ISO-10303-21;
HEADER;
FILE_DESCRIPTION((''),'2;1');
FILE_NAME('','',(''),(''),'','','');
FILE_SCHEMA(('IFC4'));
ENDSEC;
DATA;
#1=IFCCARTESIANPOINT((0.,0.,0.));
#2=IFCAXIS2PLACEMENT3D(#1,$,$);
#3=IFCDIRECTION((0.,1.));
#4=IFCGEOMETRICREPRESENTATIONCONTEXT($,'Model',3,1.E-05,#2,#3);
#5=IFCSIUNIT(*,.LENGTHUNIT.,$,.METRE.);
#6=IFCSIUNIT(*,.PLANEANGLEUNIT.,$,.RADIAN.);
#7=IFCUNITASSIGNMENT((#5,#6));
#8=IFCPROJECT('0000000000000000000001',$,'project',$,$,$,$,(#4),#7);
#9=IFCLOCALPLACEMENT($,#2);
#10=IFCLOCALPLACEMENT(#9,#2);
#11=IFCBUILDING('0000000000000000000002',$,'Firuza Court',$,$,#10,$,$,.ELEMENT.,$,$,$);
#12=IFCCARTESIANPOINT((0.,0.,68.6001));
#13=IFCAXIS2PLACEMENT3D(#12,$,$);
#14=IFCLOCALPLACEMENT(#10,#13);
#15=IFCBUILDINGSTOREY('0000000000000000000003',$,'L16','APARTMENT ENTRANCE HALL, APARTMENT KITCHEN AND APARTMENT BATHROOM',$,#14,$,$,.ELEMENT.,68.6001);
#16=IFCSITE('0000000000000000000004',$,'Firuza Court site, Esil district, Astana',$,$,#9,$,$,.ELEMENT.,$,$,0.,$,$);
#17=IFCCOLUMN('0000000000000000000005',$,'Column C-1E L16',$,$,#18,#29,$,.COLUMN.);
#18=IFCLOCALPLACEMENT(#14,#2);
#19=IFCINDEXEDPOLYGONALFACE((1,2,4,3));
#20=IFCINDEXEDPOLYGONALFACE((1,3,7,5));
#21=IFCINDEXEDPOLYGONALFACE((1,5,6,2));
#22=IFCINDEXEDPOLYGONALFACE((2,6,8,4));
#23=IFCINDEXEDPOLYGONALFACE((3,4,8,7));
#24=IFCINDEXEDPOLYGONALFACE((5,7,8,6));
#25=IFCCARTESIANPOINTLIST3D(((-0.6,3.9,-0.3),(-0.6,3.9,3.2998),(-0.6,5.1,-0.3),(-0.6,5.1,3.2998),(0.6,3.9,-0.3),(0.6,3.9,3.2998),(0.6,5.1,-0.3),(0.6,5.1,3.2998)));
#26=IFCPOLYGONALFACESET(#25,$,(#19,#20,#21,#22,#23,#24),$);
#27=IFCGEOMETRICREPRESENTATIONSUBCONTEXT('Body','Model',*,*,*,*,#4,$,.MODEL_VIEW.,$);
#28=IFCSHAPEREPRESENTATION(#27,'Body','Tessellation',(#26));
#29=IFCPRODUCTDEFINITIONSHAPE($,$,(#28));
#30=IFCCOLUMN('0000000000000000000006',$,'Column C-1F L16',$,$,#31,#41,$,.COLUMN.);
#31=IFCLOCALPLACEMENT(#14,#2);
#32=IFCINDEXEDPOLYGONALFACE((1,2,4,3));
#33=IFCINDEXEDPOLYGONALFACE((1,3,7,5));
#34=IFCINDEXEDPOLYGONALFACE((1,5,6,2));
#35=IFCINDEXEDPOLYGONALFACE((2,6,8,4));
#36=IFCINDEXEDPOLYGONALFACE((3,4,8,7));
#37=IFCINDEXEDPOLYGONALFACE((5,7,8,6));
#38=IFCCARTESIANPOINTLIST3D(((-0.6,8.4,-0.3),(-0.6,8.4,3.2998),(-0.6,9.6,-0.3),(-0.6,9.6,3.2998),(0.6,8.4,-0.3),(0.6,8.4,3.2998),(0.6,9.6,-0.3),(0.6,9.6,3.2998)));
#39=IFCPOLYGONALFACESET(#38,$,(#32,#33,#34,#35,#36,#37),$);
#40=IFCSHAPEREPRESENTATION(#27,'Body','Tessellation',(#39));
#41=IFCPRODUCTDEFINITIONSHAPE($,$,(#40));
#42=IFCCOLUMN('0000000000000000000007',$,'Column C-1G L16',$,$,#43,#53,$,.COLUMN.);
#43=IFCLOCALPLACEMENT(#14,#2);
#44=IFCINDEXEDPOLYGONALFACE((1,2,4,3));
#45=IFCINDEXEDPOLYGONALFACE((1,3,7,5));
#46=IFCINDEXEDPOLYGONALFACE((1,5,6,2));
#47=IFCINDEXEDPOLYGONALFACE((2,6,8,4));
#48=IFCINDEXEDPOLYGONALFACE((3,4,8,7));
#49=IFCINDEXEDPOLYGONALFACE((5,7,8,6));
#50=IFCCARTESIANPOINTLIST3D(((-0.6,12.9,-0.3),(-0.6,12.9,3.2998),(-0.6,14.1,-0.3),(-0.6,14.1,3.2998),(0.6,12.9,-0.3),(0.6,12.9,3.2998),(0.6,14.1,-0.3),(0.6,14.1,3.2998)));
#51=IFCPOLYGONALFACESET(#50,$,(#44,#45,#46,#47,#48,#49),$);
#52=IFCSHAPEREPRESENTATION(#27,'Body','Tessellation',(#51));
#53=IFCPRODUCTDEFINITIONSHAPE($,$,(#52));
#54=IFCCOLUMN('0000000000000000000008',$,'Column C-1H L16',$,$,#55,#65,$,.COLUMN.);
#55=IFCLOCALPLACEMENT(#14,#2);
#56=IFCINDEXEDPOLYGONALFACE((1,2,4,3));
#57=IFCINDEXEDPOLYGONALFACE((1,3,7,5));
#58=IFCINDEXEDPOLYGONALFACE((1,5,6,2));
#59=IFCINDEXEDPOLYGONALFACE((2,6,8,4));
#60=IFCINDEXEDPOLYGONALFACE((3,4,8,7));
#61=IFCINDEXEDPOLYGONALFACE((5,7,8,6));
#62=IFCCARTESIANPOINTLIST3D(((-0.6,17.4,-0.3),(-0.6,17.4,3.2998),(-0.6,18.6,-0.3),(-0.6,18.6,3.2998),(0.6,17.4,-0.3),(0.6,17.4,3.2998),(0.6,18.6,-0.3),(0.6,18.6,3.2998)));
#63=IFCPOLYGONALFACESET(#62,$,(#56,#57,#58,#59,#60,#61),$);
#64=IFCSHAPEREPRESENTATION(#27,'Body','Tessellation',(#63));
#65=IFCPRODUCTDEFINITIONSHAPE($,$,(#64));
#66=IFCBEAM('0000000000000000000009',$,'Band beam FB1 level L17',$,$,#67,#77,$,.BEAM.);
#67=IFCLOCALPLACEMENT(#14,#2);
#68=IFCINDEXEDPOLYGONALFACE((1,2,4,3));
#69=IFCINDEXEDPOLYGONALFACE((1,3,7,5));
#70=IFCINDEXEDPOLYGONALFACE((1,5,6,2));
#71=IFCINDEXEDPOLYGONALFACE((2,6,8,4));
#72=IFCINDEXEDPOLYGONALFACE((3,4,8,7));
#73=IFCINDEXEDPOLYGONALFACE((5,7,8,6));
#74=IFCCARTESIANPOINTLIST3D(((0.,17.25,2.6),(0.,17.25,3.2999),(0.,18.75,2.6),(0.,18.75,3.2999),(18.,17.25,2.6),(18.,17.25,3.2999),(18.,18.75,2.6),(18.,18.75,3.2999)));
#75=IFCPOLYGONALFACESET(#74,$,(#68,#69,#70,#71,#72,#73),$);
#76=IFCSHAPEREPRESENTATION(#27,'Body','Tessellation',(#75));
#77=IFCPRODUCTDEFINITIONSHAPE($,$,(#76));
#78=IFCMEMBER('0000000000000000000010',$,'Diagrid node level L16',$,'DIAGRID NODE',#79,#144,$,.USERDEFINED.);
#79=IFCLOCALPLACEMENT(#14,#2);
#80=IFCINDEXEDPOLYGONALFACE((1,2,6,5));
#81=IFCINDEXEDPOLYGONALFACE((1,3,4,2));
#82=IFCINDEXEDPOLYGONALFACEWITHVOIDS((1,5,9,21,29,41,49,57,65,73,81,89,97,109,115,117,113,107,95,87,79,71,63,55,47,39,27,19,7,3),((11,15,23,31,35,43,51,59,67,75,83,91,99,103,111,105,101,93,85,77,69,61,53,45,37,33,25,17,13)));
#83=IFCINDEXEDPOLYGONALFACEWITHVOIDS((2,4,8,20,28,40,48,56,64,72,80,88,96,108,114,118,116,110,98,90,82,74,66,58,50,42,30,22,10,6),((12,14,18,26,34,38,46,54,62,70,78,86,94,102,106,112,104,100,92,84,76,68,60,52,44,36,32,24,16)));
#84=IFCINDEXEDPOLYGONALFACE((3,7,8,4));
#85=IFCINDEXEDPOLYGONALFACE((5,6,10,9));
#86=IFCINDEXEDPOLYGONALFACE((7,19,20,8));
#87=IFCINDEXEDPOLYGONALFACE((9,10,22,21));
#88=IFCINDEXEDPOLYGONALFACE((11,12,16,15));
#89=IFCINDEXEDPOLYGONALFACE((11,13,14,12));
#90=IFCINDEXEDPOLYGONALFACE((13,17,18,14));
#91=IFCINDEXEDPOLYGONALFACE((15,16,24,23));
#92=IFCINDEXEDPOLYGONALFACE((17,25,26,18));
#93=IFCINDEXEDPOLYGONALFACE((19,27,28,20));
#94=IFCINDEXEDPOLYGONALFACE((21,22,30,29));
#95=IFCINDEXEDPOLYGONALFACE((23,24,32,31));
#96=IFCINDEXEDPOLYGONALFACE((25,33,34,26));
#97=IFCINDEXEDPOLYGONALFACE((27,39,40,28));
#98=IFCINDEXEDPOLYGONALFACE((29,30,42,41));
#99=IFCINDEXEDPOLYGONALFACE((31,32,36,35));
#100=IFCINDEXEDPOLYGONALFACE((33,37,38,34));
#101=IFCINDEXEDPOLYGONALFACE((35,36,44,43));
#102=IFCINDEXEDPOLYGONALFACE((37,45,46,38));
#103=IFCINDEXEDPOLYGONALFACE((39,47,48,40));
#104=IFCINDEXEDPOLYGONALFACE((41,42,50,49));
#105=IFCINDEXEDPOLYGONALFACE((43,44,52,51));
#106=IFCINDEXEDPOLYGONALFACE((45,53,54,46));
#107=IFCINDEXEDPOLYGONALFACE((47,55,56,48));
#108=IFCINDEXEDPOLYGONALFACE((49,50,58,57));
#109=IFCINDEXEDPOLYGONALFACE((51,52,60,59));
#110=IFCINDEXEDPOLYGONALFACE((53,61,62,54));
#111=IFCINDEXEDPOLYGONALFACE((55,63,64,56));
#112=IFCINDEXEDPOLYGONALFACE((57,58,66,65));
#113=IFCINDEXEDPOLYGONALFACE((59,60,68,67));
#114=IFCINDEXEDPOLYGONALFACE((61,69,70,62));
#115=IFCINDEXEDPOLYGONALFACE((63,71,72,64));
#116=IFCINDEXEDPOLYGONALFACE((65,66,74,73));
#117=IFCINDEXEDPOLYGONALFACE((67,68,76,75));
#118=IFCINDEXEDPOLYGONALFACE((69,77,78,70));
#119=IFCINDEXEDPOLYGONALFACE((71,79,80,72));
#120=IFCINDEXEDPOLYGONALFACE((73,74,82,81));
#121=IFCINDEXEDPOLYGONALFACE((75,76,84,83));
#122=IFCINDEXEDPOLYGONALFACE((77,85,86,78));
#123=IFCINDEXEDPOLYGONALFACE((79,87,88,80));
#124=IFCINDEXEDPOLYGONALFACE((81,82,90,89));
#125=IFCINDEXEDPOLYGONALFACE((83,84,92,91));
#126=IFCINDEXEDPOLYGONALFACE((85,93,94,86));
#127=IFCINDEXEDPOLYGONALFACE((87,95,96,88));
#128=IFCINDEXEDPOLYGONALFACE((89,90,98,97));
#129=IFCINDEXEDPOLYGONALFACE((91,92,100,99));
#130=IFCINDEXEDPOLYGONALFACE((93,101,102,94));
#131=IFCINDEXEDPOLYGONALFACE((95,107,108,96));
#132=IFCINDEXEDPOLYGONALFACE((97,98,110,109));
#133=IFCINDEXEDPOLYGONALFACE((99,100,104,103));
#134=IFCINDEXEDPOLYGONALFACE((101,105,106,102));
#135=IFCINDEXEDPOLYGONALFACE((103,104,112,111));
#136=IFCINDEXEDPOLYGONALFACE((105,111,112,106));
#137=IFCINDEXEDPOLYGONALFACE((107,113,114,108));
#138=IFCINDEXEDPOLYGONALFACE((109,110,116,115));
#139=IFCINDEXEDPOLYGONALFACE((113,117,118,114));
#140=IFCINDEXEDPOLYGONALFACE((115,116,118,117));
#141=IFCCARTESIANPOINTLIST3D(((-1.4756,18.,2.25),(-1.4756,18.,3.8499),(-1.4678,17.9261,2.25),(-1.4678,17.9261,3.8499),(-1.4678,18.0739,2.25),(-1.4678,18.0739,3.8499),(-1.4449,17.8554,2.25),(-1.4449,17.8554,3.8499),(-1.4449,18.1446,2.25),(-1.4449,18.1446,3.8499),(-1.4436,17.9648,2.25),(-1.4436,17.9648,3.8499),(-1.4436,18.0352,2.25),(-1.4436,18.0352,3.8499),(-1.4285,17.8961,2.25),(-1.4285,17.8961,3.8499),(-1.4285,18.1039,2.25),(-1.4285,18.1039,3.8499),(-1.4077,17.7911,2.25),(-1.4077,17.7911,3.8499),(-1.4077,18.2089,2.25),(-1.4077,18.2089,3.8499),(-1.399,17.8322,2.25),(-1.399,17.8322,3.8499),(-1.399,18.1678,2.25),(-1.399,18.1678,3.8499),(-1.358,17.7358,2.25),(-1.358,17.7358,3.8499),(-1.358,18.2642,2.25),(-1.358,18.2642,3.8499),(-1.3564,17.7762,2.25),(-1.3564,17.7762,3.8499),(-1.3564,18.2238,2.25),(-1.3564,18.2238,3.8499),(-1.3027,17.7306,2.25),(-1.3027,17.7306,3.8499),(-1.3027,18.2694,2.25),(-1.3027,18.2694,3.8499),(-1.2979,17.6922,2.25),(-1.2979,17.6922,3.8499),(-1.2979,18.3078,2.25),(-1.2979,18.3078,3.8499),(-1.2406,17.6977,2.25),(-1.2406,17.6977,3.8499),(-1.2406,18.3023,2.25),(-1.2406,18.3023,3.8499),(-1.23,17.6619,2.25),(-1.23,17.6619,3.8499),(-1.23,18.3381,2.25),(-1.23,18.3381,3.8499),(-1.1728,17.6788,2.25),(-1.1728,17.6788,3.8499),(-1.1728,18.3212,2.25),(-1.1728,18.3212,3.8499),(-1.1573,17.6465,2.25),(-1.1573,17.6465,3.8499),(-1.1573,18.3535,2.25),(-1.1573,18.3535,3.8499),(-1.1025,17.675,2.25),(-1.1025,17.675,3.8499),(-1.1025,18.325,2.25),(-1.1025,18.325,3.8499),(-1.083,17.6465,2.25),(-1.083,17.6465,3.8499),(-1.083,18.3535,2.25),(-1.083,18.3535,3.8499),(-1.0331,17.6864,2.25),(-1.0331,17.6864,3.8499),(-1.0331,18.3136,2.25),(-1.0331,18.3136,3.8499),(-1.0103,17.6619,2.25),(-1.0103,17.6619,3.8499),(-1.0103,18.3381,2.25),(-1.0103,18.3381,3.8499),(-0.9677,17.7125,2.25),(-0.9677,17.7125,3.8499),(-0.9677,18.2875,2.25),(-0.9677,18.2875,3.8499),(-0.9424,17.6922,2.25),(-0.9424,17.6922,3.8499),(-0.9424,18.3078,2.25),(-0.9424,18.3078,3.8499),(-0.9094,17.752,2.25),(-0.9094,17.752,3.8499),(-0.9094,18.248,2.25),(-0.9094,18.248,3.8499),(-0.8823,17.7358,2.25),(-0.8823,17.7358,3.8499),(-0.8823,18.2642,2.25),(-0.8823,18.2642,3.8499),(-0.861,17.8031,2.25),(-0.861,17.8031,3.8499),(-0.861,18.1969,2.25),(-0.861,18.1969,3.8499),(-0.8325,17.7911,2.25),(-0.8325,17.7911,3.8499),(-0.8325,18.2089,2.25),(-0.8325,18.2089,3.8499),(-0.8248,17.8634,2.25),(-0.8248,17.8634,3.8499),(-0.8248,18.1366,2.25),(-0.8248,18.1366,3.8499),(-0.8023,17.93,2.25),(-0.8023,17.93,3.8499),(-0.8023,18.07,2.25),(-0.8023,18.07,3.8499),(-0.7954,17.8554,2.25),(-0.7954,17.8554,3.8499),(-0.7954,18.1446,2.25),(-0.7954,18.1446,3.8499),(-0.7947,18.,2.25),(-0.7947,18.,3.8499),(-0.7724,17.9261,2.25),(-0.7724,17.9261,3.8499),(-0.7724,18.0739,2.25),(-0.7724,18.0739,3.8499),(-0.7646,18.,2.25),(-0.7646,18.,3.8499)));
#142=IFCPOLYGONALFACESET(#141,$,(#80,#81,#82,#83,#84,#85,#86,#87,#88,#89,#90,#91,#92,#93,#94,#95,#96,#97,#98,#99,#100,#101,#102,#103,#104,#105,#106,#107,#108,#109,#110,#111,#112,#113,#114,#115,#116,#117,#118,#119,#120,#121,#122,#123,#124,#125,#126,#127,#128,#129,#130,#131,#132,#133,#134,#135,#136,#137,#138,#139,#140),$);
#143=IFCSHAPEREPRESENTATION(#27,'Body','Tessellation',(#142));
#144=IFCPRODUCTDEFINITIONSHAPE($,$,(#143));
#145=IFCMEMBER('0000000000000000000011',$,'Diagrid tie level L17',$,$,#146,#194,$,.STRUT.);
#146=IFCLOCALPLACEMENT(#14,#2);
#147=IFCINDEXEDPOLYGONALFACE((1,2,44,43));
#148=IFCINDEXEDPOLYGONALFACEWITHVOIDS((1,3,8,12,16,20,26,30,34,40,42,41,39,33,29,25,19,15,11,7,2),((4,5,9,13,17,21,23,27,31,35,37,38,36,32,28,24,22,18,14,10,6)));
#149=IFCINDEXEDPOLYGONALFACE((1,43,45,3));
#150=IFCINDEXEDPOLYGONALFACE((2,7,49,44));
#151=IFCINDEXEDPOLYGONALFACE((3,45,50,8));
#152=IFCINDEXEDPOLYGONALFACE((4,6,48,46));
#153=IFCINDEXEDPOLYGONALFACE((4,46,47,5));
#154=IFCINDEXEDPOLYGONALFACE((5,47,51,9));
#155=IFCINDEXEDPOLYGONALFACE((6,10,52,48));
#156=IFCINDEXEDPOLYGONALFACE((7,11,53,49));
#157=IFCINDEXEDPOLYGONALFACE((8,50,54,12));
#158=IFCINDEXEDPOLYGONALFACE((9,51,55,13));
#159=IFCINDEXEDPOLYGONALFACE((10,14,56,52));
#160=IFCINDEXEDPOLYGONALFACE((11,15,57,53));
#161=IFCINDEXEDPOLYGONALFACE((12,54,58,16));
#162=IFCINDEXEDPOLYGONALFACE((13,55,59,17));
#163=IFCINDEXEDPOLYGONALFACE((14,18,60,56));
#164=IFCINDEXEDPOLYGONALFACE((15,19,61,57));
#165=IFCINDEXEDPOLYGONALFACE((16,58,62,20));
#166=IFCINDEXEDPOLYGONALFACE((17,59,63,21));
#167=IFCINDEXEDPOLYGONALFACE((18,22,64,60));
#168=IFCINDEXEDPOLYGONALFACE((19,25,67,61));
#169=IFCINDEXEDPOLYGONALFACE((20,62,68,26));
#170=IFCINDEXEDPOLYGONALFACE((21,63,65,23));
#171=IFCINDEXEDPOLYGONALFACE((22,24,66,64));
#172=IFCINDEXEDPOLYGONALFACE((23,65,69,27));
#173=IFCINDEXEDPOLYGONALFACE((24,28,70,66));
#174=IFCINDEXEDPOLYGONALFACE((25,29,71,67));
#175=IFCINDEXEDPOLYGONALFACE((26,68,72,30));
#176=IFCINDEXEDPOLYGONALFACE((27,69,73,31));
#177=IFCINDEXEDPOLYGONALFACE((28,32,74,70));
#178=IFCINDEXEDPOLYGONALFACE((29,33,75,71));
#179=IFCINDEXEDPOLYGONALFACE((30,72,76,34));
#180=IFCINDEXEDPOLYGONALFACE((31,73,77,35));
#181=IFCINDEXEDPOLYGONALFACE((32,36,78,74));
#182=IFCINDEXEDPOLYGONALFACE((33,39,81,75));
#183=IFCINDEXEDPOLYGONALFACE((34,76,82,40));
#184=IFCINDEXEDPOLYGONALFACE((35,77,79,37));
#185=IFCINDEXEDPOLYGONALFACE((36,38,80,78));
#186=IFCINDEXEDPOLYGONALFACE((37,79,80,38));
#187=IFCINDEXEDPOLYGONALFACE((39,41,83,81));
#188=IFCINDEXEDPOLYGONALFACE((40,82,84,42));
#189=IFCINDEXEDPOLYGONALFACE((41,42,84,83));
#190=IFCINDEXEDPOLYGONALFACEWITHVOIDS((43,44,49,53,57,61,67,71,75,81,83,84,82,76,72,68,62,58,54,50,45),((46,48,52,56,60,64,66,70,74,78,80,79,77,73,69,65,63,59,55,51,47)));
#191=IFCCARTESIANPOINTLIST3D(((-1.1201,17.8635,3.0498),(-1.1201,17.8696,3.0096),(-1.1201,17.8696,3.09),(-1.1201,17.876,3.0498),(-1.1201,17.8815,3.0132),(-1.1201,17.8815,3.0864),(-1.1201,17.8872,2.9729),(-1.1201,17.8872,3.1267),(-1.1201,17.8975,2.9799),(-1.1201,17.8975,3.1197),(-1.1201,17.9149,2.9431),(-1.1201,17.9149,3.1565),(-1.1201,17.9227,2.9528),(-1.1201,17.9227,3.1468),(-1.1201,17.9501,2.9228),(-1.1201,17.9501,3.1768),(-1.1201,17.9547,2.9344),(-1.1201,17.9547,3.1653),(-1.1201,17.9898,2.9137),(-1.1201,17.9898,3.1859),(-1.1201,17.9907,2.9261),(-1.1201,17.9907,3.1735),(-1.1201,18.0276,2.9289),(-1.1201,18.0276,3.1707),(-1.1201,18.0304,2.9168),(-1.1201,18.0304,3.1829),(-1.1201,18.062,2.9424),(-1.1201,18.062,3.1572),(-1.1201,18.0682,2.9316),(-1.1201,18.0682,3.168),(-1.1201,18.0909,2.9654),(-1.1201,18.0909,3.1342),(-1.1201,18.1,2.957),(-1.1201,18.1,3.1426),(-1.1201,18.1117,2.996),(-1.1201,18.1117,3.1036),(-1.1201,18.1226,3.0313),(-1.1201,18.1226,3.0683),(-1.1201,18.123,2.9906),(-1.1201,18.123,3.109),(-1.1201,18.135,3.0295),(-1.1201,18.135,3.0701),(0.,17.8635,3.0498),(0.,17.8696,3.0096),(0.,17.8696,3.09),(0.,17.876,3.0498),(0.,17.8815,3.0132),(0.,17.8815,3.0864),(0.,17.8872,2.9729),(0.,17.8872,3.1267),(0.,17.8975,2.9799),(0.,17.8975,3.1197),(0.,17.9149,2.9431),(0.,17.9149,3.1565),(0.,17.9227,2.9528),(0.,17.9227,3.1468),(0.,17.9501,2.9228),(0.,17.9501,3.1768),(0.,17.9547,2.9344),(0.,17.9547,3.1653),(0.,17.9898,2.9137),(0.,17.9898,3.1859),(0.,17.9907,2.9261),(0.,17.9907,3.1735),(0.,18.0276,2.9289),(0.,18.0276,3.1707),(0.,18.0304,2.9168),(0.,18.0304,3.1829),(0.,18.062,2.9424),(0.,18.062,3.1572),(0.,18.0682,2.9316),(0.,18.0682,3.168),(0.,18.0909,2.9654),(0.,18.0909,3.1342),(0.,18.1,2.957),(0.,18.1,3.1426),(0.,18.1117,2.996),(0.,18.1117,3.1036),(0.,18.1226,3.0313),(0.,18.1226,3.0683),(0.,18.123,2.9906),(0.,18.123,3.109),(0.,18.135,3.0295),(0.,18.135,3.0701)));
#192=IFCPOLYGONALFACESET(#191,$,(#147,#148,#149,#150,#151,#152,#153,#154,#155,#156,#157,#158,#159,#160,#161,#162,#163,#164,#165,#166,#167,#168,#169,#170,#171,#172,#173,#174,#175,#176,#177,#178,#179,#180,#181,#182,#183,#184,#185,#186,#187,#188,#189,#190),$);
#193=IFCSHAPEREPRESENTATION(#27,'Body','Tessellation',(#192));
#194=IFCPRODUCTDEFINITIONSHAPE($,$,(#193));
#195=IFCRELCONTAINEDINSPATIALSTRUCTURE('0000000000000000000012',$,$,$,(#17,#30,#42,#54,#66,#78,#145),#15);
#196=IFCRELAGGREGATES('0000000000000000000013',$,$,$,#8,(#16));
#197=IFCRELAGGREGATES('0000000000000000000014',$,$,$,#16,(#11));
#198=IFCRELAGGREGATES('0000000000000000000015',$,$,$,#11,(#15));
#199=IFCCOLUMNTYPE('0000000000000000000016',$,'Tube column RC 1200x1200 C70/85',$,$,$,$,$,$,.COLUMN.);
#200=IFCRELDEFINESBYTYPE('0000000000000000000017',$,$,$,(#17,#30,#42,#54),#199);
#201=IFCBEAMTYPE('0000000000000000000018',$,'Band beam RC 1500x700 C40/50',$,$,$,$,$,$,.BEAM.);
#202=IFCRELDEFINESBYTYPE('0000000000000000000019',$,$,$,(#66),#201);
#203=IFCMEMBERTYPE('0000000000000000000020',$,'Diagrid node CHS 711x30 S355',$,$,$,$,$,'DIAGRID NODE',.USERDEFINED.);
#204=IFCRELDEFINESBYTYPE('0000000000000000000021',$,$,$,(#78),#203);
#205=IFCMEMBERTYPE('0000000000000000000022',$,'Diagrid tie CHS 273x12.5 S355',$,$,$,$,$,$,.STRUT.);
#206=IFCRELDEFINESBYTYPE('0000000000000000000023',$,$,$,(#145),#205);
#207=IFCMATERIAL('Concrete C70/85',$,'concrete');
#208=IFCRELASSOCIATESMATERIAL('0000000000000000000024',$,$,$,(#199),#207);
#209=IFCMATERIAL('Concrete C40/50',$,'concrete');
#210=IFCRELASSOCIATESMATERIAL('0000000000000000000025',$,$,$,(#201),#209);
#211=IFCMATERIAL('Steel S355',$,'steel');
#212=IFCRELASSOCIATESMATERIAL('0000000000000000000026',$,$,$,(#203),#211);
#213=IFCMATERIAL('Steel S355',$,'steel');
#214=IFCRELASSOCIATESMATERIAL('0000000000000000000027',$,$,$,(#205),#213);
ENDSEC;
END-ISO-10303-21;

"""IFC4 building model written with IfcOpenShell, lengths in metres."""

from ifc_helpers import new_model, si_unit, direction, frame, origin, origin_2d, place, context, subcontext, project, spatial, rectangle, hollow_circle, extrude, material, material_profile, profile_set, type_object, element, save


model = new_model("IFC4")

# Units and contexts
model_context = context("Model", 3, precision=1e-05, world=origin(), true_north=direction((0.0, 1.0)))
body_context = subcontext(model_context, "Body", "Model", "MODEL_VIEW")
ifc_project = project(units=[si_unit("LENGTHUNIT", "METRE"), si_unit("PLANEANGLEUNIT", "RADIAN")], contexts=[model_context])

# Site, building, storey
site_placement = place(None, origin())
site = spatial("IfcSite", under=ifc_project, at=site_placement, Name="Firuza Court site, Esil district, Astana", CompositionType="ELEMENT", RefElevation=0.0)
building_placement = place(site_placement, origin())
building = spatial("IfcBuilding", under=site, at=building_placement, Name="Firuza Court", CompositionType="ELEMENT")
storey_placement = place(building_placement, frame((0.0, 0.0, 68.6001)))
storey = spatial("IfcBuildingStorey", under=building, at=storey_placement, Name="L16", Description="APARTMENT ENTRANCE HALL, APARTMENT KITCHEN AND APARTMENT BATHROOM", CompositionType="ELEMENT", Elevation=68.6001)

# Columns
ifc_material_1 = material(Name="Concrete C70/85", Category="concrete")
ifc_material_profile_1 = material_profile(ifc_material_1, rectangle(XDim=1.2, YDim=1.2, at=origin_2d()), Name="RC 1200x1200")
ifc_profile_set_1 = profile_set([ifc_material_profile_1], Name="Concrete C70/85")
column_type = type_object("IfcColumnType", Name="Tube column RC 1200x1200 C70/85", PredefinedType="COLUMN", material=ifc_profile_set_1)
for number, where, z_axis, x_axis, name in (
    (1, (0.0, 4.5, -0.3), (0.0, 0.0, 1.0), (1.0, 0.0, 0.0), "Column C-1E L16"),
    (2, (0.0, 9.0, -0.3), (0.0, 0.0, 1.0), (1.0, 0.0, 0.0), "Column C-1F L16"),
    (3, (0.0, 13.5, -0.3), (0.0, 0.0, 1.0), (1.0, 0.0, 0.0), "Column C-1G L16"),
    (4, (0.0, 18.0, -0.3), (0.0, 0.0, 1.0), (1.0, 0.0, 0.0), "Column C-1H L16"),
):
    element("IfcColumn", number, at=place(storey_placement, frame(where, z_axis=z_axis, x_axis=x_axis)), inside=storey, type_object=column_type, Name=name, PredefinedType="COLUMN", context=body_context, shape_type="SweptSolid", body=[
        extrude(rectangle(XDim=1.2, YDim=1.2, at=origin_2d()), origin(), (0.0, 0.0, 1.0), 3.5999),
    ])

# Beam
ifc_material_2 = material(Name="Concrete C40/50", Category="concrete")
ifc_material_profile_2 = material_profile(ifc_material_2, rectangle(XDim=1.5, YDim=0.7, at=origin_2d()), Name="RC 1500x700")
ifc_profile_set_2 = profile_set([ifc_material_profile_2], Name="Concrete C40/50")
beam_type_1 = type_object("IfcBeamType", Name="Band beam RC 1500x700 C40/50", PredefinedType="BEAM", material=ifc_profile_set_2)
beam_1_placement = place(storey_placement, frame((0.0, 18.0, 2.95), z_axis=(1.0, 0.0, 0.0), x_axis=(0.0, 1.0, 0.0)))
element("IfcBeam", 5, at=beam_1_placement, inside=storey, type_object=beam_type_1, Name="Band beam FB1 level L17", PredefinedType="BEAM", context=body_context, shape_type="SweptSolid", body=[
    extrude(rectangle(XDim=1.5, YDim=0.7, at=origin_2d()), origin(), (0.0, 0.0, 1.0), 18.0),
])

# Members
ifc_material_3 = material(Name="Steel S355", Category="steel")
ifc_material_profile_3 = material_profile(ifc_material_3, hollow_circle(Radius=0.3555, WallThickness=0.03, at=origin_2d()), Name="CHS 711x30")
ifc_profile_set_3 = profile_set([ifc_material_profile_3], Name="Steel S355")
member_type_1 = type_object("IfcMemberType", Name="Diagrid node CHS 711x30 S355", ElementType="DIAGRID NODE", PredefinedType="USERDEFINED", material=ifc_profile_set_3)
member_1_placement = place(storey_placement, frame((-1.1201, 18.0, 2.25), z_axis=(0.0, 0.0, 1.0), x_axis=(1.0, 0.0, 0.0)))
element("IfcMember", 6, at=member_1_placement, inside=storey, type_object=member_type_1, Name="Diagrid node level L16", ObjectType="DIAGRID NODE", PredefinedType="USERDEFINED", context=body_context, shape_type="SweptSolid", body=[
    extrude(hollow_circle(Radius=0.3555, WallThickness=0.03, at=origin_2d()), origin(), (0.0, 0.0, 1.0), 1.5999),
])
ifc_material_4 = material(Name="Steel S355", Category="steel")
ifc_material_profile_4 = material_profile(ifc_material_4, hollow_circle(Radius=0.1365, WallThickness=0.0125, at=origin_2d()), Name="CHS 273x12.5")
ifc_profile_set_4 = profile_set([ifc_material_profile_4], Name="Steel S355")
member_type_2 = type_object("IfcMemberType", Name="Diagrid tie CHS 273x12.5 S355", PredefinedType="STRUT", material=ifc_profile_set_4)
member_2_placement = place(storey_placement, frame((0.0, 18.0, 3.0498), z_axis=(-1.0, 0.0, 0.0), x_axis=(0.0, -1.0, 0.0)))
element("IfcMember", 7, at=member_2_placement, inside=storey, type_object=member_type_2, Name="Diagrid tie level L17", PredefinedType="STRUT", context=body_context, shape_type="SweptSolid", body=[
    extrude(hollow_circle(Radius=0.1365, WallThickness=0.0125, at=origin_2d()), origin(), (0.0, 0.0, 1.0), 1.1201),
])

save(model, "model.ifc")
